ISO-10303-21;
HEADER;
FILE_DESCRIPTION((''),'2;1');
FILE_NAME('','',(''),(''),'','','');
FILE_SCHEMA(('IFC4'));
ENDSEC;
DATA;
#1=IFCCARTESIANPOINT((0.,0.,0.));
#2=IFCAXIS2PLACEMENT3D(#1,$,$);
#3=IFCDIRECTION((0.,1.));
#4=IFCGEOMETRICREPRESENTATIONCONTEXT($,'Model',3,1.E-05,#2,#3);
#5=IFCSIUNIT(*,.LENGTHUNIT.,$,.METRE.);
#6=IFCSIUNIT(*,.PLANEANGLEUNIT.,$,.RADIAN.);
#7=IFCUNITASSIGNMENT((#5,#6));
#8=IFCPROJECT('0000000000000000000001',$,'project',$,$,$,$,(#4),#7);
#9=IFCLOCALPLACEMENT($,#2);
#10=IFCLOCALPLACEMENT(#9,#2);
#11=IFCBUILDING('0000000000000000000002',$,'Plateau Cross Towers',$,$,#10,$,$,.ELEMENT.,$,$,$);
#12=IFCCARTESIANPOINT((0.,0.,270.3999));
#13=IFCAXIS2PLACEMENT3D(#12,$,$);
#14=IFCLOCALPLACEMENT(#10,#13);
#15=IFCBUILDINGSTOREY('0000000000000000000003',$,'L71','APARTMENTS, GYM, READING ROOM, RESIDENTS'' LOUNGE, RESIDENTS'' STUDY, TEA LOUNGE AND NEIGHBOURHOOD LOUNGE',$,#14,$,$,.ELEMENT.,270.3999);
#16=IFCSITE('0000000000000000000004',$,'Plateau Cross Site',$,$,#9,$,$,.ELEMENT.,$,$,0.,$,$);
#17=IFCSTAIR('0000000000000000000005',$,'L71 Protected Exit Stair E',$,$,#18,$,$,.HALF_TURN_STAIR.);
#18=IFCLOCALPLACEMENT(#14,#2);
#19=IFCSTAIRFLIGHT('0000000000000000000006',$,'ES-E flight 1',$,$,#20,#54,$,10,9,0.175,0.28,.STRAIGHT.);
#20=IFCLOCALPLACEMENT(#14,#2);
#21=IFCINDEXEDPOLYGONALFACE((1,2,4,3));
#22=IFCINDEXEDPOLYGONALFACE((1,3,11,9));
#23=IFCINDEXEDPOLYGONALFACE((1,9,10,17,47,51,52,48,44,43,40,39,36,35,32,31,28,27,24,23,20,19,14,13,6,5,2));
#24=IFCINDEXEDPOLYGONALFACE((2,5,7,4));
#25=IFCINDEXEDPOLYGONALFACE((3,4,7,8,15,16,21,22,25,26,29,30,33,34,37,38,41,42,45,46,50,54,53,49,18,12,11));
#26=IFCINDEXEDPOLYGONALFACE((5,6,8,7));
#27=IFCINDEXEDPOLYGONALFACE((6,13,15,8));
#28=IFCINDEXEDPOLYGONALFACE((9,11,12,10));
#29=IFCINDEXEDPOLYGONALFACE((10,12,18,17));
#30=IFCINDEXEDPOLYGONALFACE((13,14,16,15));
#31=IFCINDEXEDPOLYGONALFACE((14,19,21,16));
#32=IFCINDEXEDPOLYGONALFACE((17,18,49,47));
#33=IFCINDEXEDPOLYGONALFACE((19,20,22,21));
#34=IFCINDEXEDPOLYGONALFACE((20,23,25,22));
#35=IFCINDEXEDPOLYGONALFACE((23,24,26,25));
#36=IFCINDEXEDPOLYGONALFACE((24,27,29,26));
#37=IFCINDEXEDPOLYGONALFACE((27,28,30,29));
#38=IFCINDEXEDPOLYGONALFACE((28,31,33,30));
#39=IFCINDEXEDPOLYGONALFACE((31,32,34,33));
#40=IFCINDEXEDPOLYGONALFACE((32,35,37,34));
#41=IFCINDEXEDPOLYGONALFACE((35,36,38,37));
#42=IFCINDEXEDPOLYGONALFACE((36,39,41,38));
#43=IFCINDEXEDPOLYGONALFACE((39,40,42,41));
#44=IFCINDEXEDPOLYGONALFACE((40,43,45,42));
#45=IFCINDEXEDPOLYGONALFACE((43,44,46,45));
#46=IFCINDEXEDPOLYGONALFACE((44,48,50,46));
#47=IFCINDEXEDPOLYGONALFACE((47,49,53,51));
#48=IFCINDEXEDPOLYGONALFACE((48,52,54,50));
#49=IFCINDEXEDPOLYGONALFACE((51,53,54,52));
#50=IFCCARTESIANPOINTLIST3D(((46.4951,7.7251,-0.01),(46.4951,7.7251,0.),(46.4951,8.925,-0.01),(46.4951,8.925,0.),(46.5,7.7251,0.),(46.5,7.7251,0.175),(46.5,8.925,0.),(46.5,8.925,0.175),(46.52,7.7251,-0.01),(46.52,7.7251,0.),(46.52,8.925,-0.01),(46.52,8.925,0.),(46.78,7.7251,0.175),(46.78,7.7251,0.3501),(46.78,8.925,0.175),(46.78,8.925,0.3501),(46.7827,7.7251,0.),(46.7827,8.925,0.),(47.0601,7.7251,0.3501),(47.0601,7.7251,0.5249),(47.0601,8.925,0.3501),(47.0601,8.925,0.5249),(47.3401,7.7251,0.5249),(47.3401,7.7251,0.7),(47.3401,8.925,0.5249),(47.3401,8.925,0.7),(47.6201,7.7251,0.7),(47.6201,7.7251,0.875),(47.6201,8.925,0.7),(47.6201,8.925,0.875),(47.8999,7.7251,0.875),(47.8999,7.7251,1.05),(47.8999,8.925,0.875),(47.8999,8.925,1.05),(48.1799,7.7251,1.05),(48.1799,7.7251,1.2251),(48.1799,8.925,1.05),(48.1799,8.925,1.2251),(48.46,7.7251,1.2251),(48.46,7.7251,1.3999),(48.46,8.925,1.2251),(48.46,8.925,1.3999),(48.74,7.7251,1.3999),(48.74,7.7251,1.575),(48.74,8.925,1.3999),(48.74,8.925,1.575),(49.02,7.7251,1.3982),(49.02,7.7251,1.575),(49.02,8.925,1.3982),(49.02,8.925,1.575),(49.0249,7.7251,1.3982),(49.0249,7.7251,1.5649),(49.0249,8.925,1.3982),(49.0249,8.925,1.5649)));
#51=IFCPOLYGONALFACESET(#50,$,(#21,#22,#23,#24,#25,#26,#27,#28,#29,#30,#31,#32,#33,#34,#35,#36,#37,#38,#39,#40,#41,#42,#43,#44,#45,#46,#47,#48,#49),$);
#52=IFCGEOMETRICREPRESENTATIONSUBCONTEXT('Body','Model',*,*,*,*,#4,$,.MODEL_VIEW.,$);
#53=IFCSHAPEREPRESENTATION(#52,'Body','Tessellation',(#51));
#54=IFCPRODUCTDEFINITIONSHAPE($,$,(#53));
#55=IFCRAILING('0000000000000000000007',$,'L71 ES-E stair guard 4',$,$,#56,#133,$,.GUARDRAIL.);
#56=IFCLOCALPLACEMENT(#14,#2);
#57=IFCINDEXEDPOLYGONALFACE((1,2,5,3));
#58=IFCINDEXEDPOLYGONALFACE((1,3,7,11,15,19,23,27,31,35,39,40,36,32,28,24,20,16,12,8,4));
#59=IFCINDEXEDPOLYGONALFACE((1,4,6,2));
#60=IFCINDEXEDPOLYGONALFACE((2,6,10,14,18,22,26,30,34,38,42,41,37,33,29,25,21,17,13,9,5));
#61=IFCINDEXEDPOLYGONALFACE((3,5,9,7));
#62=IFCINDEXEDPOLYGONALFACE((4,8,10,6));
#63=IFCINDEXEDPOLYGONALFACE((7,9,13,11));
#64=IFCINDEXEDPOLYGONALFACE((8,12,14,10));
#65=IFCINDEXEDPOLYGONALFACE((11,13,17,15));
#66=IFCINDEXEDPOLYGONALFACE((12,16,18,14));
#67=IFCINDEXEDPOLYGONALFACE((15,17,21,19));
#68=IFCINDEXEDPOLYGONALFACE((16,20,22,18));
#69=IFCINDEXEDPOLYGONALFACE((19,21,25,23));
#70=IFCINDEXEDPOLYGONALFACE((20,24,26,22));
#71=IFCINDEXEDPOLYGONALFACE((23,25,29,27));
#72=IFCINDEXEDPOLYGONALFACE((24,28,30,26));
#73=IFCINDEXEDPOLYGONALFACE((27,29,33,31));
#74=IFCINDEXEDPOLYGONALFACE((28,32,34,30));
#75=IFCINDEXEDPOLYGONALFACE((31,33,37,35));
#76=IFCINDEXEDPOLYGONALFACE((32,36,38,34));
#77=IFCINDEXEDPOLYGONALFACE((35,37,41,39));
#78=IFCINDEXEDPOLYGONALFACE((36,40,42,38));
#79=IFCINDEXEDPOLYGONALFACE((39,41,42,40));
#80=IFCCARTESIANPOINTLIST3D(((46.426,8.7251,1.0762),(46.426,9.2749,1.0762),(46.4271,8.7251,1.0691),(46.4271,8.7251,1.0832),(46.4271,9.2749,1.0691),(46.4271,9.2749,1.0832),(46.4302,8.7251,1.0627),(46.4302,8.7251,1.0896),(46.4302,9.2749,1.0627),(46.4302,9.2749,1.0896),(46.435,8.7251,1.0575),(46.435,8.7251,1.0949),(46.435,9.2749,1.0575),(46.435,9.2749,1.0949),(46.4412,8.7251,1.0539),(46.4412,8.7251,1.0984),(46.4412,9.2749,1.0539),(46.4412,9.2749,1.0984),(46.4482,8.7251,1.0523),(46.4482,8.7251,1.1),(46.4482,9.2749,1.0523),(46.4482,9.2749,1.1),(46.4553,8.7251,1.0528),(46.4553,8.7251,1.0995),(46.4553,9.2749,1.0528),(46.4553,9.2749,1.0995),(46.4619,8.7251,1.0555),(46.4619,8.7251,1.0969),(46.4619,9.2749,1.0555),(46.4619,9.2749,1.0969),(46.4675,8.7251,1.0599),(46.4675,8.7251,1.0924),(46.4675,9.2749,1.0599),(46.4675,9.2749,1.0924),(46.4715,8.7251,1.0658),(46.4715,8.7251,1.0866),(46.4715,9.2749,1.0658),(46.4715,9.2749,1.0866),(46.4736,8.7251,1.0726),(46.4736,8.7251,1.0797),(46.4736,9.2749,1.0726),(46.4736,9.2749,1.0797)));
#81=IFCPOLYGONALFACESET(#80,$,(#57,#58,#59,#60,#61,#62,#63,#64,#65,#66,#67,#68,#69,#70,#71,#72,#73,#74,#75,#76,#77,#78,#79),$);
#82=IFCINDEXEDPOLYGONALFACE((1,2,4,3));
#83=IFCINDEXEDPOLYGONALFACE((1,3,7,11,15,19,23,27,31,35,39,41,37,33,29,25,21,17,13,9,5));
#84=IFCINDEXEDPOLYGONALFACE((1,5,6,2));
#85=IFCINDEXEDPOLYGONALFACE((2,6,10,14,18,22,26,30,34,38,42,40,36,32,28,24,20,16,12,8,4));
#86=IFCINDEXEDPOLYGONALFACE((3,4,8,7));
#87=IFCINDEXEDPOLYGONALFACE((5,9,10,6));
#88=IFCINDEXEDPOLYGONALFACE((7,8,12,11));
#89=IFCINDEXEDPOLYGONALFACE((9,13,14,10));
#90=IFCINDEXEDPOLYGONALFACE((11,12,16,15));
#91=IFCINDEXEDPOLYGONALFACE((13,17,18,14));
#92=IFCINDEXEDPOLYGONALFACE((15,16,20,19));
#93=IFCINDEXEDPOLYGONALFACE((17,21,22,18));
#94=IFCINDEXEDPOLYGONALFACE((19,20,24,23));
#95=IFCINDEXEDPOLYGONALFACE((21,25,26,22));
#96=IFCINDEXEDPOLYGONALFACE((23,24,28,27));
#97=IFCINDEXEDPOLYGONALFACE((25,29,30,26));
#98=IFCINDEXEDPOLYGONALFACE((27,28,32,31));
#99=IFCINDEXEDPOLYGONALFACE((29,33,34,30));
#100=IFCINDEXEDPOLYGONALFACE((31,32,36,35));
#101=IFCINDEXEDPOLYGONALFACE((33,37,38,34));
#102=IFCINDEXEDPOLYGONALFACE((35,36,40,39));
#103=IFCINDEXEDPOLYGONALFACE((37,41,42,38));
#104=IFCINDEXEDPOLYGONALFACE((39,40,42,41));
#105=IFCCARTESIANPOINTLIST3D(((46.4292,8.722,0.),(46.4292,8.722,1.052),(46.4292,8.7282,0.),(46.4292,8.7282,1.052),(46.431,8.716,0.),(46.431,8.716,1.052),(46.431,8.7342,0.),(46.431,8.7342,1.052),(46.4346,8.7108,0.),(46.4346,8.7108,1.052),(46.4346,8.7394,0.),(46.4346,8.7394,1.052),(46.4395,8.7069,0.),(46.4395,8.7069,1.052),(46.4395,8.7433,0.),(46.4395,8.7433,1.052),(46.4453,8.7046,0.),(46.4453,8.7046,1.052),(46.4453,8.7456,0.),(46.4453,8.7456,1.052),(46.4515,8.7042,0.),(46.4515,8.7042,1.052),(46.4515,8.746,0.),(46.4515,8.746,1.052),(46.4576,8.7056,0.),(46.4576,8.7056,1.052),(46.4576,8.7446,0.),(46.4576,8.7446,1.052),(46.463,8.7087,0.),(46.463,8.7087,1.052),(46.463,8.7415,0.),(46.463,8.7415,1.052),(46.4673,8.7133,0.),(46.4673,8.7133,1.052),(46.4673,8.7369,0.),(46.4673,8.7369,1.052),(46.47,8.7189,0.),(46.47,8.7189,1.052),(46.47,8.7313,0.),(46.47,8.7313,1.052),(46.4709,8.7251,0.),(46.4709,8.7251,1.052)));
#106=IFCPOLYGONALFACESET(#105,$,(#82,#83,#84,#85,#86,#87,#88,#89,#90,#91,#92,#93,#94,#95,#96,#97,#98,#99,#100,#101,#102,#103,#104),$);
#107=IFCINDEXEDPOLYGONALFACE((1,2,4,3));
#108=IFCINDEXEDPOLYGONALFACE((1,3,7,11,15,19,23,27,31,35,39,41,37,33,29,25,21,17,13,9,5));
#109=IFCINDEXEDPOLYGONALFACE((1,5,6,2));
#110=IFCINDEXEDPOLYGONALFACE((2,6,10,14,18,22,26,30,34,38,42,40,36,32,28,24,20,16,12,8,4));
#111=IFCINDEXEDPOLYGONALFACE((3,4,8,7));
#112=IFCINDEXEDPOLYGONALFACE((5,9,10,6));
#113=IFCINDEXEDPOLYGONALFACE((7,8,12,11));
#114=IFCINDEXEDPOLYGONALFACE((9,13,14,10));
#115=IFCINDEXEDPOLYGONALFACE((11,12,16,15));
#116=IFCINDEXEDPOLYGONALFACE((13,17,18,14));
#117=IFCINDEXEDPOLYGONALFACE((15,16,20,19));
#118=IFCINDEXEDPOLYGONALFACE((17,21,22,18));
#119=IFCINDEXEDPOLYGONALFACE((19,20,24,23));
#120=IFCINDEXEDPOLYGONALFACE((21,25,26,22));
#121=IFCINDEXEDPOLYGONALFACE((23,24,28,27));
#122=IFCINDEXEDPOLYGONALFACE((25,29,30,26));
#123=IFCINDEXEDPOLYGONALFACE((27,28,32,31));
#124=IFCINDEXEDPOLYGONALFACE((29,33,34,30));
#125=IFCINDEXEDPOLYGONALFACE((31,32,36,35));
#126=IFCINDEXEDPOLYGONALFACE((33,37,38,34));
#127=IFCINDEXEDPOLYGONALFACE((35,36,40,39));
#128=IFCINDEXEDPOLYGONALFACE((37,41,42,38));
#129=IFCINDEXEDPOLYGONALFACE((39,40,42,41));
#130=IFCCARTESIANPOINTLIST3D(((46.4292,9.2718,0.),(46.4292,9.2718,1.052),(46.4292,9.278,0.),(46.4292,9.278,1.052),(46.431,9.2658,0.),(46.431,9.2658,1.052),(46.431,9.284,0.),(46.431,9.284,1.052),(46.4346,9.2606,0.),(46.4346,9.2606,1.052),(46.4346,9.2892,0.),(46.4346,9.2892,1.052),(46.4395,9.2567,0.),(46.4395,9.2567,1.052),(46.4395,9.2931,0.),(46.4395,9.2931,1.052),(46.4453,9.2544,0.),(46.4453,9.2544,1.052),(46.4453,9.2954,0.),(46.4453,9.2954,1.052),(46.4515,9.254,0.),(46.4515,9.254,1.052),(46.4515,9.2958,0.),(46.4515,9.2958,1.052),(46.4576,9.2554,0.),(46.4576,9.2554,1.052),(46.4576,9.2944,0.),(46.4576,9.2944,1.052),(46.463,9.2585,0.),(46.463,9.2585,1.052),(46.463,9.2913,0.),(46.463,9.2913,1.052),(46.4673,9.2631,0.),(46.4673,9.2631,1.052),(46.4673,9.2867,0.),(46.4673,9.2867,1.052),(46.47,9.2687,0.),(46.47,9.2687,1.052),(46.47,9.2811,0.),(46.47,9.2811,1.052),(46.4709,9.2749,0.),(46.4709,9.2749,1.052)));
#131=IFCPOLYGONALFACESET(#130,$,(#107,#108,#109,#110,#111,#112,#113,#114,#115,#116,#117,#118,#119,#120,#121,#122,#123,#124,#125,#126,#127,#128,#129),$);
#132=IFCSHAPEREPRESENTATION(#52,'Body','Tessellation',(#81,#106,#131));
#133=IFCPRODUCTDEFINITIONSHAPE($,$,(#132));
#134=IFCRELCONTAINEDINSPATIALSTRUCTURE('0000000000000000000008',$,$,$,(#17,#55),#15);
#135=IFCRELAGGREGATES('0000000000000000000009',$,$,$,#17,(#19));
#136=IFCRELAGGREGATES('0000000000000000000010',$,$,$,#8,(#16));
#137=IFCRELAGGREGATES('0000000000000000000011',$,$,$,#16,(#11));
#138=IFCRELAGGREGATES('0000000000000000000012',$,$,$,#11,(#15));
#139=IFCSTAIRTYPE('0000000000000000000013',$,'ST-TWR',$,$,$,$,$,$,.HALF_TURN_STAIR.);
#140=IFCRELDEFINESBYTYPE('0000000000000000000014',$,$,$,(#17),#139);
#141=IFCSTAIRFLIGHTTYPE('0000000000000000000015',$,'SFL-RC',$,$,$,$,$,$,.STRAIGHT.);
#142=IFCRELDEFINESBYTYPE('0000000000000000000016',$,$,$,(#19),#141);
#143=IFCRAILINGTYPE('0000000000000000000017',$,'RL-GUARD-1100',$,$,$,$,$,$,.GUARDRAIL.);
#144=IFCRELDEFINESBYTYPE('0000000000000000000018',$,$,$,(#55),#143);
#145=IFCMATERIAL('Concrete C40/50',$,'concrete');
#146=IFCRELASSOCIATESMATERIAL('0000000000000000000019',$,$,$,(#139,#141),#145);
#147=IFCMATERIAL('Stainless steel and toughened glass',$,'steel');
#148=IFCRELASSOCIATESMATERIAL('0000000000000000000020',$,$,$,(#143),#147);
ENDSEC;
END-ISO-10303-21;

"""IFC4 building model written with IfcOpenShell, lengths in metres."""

from ifc_helpers import new_model, si_unit, direction, frame, origin, origin_2d, place, context, subcontext, project, spatial, polyline, circle, outline, extrude, material, type_object, element, aggregate, save


model = new_model("IFC4")

# Units and contexts
model_context = context("Model", 3, precision=1e-05, world=origin(), true_north=direction((0.0, 1.0)))
body_context = subcontext(model_context, "Body", "Model", "MODEL_VIEW")
ifc_project = project(units=[si_unit("LENGTHUNIT", "METRE"), si_unit("PLANEANGLEUNIT", "RADIAN")], contexts=[model_context])

# Site, building, storey
site_placement = place(None, origin())
site = spatial("IfcSite", under=ifc_project, at=site_placement, Name="Plateau Cross Site", CompositionType="ELEMENT", RefElevation=0.0)
building_placement = place(site_placement, origin())
building = spatial("IfcBuilding", under=site, at=building_placement, Name="Plateau Cross Towers", CompositionType="ELEMENT")
storey_placement = place(building_placement, frame((0.0, 0.0, 270.3999)))
storey = spatial("IfcBuildingStorey", under=building, at=storey_placement, Name="L71", Description="APARTMENTS, GYM, READING ROOM, RESIDENTS' LOUNGE, RESIDENTS' STUDY, TEA LOUNGE AND NEIGHBOURHOOD LOUNGE", CompositionType="ELEMENT", Elevation=270.3999)

# Stair, stair flight
ifc_material_1 = material(Name="Concrete C40/50", Category="concrete")
stair_type = type_object("IfcStairType", Name="ST-TWR", PredefinedType="HALF_TURN_STAIR", material=ifc_material_1)
stair_placement = place(storey_placement, origin())
stair = element("IfcStair", 1, at=stair_placement, inside=storey, type_object=stair_type, Name="L71 Protected Exit Stair E", PredefinedType="HALF_TURN_STAIR")
stair_flight_type = type_object("IfcStairFlightType", Name="SFL-RC", PredefinedType="STRAIGHT", material=ifc_material_1)
stair_flight_placement = place(storey_placement, frame((46.5, 8.325, 0.0), z_axis=(0.0, 0.0, 1.0), x_axis=(1.0, 0.0, 0.0)))
stair_flight = element("IfcStairFlight", 2, at=stair_flight_placement, type_object=stair_flight_type, Name="ES-E flight 1", NumberOfRisers=10, NumberOfTreads=9, PredefinedType="STRAIGHT", RiserHeight=0.175, TreadLength=0.28, context=body_context, shape_type="SweptSolid", body=[
    extrude(outline(polyline([(-0.0049, -0.01), (-0.0049, 0.0), (0.0, 0.0), (0.0, 0.175), (0.28, 0.175), (0.28, 0.3501), (0.5601, 0.3501), (0.5601, 0.5249), (0.8401, 0.5249), (0.8401, 0.7), (1.1201, 0.7), (1.1201, 0.875), (1.3999, 0.875), (1.3999, 1.05), (1.6799, 1.05), (1.6799, 1.2251), (1.96, 1.2251), (1.96, 1.3999), (2.24, 1.3999), (2.24, 1.575), (2.52, 1.575), (2.5249, 1.5649), (2.5249, 1.3982), (2.52, 1.3982), (0.2827, 0.0), (0.02, 0.0), (0.02, -0.01), (-0.0049, -0.01)])), frame((0.0, 0.6001, 0.0), z_axis=(0.0, -1.0, 0.0), x_axis=(1.0, 0.0, 0.0)), (0.0, 0.0, 1.0), 1.2),
])
aggregate(stair, [stair_flight])

# Railing
ifc_material_2 = material(Name="Stainless steel and toughened glass", Category="steel")
railing_type_1 = type_object("IfcRailingType", Name="RL-GUARD-1100", PredefinedType="GUARDRAIL", material=ifc_material_2)
railing_1_placement = place(storey_placement, frame((46.45, 8.7251, 0.0)))
element("IfcRailing", 3, at=railing_1_placement, inside=storey, type_object=railing_type_1, Name="L71 ES-E stair guard 4", PredefinedType="GUARDRAIL", context=body_context, shape_type="SweptSolid", body=[
    extrude(circle(Radius=0.0239, at=origin_2d()), frame((0.0, 0.0, 1.0762), z_axis=(0.0, 1.0, 0.0), x_axis=(-1.0, 0.0, 0.0)), (0.0, 0.0, 1.0), 0.5498),
    extrude(circle(Radius=0.021, at=origin_2d()), origin(), (0.0, 0.0, 1.0), 1.052),
    extrude(circle(Radius=0.021, at=origin_2d()), frame((0.0, 0.5498, 0.0)), (0.0, 0.0, 1.0), 1.052),
])

save(model, "model.ifc")
